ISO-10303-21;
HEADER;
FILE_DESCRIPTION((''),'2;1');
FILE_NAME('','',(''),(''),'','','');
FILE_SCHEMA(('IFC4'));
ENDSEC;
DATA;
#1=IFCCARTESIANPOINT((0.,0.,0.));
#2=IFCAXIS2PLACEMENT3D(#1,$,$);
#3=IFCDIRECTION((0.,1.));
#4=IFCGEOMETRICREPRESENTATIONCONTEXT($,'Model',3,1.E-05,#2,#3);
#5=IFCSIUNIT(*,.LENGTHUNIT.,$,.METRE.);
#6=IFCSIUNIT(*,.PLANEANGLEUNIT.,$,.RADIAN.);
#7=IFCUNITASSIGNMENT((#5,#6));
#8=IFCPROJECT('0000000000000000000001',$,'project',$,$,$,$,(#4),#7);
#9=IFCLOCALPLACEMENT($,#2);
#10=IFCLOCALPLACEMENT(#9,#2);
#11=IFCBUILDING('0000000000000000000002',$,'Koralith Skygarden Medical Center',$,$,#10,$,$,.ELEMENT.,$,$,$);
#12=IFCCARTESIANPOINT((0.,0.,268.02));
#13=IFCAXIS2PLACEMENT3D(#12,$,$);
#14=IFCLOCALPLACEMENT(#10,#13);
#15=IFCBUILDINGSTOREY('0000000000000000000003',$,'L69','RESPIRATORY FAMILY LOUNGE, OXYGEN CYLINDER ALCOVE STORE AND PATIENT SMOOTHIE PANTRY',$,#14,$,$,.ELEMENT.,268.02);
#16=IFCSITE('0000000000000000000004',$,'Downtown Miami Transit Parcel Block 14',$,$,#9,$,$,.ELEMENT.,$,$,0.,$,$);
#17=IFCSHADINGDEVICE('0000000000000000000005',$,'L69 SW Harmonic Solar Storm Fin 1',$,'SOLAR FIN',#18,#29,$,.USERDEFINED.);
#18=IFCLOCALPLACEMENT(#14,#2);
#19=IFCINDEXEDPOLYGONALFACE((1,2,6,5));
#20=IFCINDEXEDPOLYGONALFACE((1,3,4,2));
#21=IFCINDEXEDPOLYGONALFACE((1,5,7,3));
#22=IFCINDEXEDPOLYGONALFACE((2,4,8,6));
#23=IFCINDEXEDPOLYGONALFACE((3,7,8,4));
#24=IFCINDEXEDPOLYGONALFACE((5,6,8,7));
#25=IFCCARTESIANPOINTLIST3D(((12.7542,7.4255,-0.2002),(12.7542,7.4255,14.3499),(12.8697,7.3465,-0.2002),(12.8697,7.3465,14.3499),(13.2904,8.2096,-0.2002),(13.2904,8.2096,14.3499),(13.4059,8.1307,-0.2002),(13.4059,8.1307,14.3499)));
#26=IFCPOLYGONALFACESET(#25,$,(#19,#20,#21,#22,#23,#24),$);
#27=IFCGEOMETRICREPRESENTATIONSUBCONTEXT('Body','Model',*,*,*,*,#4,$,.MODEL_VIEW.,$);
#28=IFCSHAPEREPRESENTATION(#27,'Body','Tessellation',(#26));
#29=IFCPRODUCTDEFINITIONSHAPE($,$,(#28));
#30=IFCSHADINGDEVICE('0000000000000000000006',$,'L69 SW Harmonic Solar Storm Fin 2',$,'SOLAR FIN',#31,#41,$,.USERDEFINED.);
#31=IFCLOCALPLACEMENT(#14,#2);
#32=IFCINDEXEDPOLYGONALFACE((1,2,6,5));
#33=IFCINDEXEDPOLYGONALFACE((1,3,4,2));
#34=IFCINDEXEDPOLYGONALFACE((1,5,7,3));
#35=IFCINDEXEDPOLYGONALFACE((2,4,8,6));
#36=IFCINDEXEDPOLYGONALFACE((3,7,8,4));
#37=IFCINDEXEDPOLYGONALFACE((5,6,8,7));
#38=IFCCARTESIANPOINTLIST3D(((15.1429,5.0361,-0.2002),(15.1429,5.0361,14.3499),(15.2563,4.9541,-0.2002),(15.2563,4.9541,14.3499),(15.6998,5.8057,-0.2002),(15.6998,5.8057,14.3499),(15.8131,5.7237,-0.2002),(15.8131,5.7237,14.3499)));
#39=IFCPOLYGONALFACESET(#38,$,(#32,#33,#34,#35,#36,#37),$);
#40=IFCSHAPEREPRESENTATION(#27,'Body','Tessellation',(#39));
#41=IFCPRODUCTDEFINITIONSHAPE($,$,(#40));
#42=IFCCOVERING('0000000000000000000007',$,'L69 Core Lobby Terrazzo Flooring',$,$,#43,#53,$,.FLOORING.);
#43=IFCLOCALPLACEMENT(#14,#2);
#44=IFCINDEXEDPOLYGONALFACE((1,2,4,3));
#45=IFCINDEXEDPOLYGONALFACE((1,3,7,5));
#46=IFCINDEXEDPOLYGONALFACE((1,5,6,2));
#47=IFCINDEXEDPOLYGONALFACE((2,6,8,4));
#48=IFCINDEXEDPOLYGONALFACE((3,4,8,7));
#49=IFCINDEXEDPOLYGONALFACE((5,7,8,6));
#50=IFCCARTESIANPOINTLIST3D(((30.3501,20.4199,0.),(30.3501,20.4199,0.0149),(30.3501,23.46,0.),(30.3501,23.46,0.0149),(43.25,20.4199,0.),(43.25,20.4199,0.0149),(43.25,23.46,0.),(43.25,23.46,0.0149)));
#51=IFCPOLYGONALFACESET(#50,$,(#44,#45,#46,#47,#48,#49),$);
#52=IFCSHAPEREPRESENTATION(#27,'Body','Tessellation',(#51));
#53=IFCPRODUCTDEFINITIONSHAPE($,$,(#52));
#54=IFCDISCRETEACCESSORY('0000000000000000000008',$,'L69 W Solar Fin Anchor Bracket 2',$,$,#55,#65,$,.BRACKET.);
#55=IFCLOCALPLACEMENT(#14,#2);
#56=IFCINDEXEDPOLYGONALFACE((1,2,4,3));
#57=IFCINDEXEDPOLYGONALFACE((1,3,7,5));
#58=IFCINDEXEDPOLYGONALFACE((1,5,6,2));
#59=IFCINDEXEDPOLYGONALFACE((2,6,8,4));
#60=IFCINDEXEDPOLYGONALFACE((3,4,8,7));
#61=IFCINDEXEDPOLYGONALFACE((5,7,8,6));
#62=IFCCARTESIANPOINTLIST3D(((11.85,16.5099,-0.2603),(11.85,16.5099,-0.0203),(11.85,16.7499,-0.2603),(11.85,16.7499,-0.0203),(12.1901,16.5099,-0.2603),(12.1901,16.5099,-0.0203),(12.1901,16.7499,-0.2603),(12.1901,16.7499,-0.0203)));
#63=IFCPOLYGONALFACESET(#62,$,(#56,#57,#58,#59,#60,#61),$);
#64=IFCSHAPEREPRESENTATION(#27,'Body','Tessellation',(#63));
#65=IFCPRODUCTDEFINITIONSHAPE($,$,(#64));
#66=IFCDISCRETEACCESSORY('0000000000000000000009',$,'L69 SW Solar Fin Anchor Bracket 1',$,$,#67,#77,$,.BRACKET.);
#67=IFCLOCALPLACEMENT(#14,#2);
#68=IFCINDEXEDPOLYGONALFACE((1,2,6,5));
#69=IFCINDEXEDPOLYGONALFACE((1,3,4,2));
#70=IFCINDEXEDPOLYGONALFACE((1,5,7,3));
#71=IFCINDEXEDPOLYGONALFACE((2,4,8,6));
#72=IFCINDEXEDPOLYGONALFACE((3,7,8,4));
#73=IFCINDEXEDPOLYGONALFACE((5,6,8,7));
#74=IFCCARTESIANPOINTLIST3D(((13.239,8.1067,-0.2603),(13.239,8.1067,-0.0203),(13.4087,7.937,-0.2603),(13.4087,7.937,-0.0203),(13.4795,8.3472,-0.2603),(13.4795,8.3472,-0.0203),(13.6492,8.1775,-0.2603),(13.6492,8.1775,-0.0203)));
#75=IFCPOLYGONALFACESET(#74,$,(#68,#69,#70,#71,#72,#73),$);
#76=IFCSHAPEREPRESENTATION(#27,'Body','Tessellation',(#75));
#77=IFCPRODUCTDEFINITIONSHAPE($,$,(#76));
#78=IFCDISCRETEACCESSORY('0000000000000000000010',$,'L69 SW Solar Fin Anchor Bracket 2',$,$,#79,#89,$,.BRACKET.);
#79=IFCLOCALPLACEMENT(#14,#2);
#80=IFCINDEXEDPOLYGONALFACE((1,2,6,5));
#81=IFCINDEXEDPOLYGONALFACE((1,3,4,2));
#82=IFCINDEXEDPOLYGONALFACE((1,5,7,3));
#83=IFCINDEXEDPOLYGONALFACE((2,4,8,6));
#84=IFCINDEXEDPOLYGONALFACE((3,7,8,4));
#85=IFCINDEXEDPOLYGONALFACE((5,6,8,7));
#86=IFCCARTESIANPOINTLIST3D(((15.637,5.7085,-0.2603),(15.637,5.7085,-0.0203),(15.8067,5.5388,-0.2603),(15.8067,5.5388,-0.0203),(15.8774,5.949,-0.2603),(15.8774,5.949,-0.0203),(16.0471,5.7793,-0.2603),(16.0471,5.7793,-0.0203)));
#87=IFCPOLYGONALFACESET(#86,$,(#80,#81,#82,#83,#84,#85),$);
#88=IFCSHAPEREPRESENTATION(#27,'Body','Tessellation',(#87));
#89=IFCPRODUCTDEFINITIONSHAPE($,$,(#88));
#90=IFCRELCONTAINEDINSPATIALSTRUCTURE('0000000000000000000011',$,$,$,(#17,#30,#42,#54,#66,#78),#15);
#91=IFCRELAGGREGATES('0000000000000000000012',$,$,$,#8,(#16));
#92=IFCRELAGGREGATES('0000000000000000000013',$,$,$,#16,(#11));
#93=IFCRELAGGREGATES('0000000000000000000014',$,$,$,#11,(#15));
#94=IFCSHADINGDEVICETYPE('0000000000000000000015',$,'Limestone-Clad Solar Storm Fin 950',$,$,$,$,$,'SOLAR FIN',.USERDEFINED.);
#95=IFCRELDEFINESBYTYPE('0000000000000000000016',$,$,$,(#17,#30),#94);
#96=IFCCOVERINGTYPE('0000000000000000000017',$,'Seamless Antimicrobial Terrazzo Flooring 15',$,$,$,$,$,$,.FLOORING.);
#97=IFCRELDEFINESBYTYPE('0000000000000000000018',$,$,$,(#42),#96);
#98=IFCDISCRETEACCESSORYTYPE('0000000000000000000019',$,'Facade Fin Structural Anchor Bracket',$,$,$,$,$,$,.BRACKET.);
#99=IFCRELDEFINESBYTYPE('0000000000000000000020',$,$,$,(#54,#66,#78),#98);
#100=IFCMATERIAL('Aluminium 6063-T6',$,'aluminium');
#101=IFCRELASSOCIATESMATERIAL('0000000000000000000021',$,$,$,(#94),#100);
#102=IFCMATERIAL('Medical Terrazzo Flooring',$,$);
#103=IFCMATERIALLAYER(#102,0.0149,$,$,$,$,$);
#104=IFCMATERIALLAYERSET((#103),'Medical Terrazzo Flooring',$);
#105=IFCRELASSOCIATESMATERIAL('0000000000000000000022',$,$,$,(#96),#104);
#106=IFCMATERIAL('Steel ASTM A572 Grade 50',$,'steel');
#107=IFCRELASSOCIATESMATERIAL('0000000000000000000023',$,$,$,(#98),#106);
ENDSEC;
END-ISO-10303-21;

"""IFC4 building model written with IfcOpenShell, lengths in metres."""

from ifc_helpers import new_model, si_unit, direction, frame, origin, origin_2d, place, context, subcontext, project, spatial, polyline, rectangle, outline, extrude, material, layer, layer_set, type_object, element, save


model = new_model("IFC4")

# Units and contexts
model_context = context("Model", 3, precision=1e-05, world=origin(), true_north=direction((0.0, 1.0)))
body_context = subcontext(model_context, "Body", "Model", "MODEL_VIEW")
ifc_project = project(units=[si_unit("LENGTHUNIT", "METRE"), si_unit("PLANEANGLEUNIT", "RADIAN")], contexts=[model_context])

# Site, building, storey
site_placement = place(None, origin())
site = spatial("IfcSite", under=ifc_project, at=site_placement, Name="Downtown Miami Transit Parcel Block 14", CompositionType="ELEMENT", RefElevation=0.0)
building_placement = place(site_placement, origin())
building = spatial("IfcBuilding", under=site, at=building_placement, Name="Koralith Skygarden Medical Center", CompositionType="ELEMENT")
storey_placement = place(building_placement, frame((0.0, 0.0, 268.02)))
storey = spatial("IfcBuildingStorey", under=building, at=storey_placement, Name="L69", Description="RESPIRATORY FAMILY LOUNGE, OXYGEN CYLINDER ALCOVE STORE AND PATIENT SMOOTHIE PANTRY", CompositionType="ELEMENT", Elevation=268.02)

# Shared definitions
ifc_material_1 = material(Name="Aluminium 6063-T6", Category="aluminium")

# Shading devices
shading_device_type = type_object("IfcShadingDeviceType", Name="Limestone-Clad Solar Storm Fin 950", ElementType="SOLAR FIN", PredefinedType="USERDEFINED", material=ifc_material_1)
for number, where, z_axis, x_axis, name in (
    (1, (13.0801, 7.7781, -0.2002), (0.0, 0.0, 1.0), (-0.564463, -0.825458, 0.0), "L69 SW Harmonic Solar Storm Fin 1"),
    (2, (15.478, 5.3799, -0.2002), (0.0, 0.0, 1.0), (-0.586174, -0.810185, 0.0), "L69 SW Harmonic Solar Storm Fin 2"),
):
    element("IfcShadingDevice", number, at=place(storey_placement, frame(where, z_axis=z_axis, x_axis=x_axis)), inside=storey, type_object=shading_device_type, Name=name, ObjectType="SOLAR FIN", PredefinedType="USERDEFINED", context=body_context, shape_type="SweptSolid", body=[
        extrude(rectangle(XDim=0.95, YDim=0.1399, at=origin_2d()), origin(), (0.0, 0.0, 1.0), 14.55),
    ])

# Covering
ifc_material_2 = material(Name="Medical Terrazzo Flooring")
ifc_layer_1 = layer(ifc_material_2, 0.0149)
ifc_layer_set_1 = layer_set([ifc_layer_1], Name="Medical Terrazzo Flooring")
covering_type_1 = type_object("IfcCoveringType", Name="Seamless Antimicrobial Terrazzo Flooring 15", PredefinedType="FLOORING", material=ifc_layer_set_1)
covering_1_placement = place(storey_placement, origin())
element("IfcCovering", 3, at=covering_1_placement, inside=storey, type_object=covering_type_1, Name="L69 Core Lobby Terrazzo Flooring", PredefinedType="FLOORING", context=body_context, shape_type="SweptSolid", body=[
    extrude(outline(polyline([(30.3501, 20.4199), (43.25, 20.4199), (43.25, 23.46), (30.3501, 23.46), (30.3501, 20.4199)])), origin(), (0.0, 0.0, 1.0), 0.0149),
])

# Discrete accessories
ifc_material_3 = material(Name="Steel ASTM A572 Grade 50", Category="steel")
discrete_accessory_type = type_object("IfcDiscreteAccessoryType", Name="Facade Fin Structural Anchor Bracket", PredefinedType="BRACKET", material=ifc_material_3)
for number, where, z_axis, x_axis, name in (
    (4, (12.02, 16.6299, -0.2603), (0.0, 0.0, 1.0), (-1.0, 0.0, 0.0), "L69 W Solar Fin Anchor Bracket 2"),
    (5, (13.4441, 8.1421, -0.2603), (0.0, 0.0, 1.0), (-0.707107, -0.707107, 0.0), "L69 SW Solar Fin Anchor Bracket 1"),
    (6, (15.842, 5.7439, -0.2603), (0.0, 0.0, 1.0), (-0.707107, -0.707107, 0.0), "L69 SW Solar Fin Anchor Bracket 2"),
):
    element("IfcDiscreteAccessory", number, at=place(storey_placement, frame(where, z_axis=z_axis, x_axis=x_axis)), inside=storey, type_object=discrete_accessory_type, Name=name, PredefinedType="BRACKET", context=body_context, shape_type="SweptSolid", body=[
        extrude(rectangle(XDim=0.3401, YDim=0.24, at=origin_2d()), origin(), (0.0, 0.0, 1.0), 0.24),
    ])

save(model, "model.ifc")
